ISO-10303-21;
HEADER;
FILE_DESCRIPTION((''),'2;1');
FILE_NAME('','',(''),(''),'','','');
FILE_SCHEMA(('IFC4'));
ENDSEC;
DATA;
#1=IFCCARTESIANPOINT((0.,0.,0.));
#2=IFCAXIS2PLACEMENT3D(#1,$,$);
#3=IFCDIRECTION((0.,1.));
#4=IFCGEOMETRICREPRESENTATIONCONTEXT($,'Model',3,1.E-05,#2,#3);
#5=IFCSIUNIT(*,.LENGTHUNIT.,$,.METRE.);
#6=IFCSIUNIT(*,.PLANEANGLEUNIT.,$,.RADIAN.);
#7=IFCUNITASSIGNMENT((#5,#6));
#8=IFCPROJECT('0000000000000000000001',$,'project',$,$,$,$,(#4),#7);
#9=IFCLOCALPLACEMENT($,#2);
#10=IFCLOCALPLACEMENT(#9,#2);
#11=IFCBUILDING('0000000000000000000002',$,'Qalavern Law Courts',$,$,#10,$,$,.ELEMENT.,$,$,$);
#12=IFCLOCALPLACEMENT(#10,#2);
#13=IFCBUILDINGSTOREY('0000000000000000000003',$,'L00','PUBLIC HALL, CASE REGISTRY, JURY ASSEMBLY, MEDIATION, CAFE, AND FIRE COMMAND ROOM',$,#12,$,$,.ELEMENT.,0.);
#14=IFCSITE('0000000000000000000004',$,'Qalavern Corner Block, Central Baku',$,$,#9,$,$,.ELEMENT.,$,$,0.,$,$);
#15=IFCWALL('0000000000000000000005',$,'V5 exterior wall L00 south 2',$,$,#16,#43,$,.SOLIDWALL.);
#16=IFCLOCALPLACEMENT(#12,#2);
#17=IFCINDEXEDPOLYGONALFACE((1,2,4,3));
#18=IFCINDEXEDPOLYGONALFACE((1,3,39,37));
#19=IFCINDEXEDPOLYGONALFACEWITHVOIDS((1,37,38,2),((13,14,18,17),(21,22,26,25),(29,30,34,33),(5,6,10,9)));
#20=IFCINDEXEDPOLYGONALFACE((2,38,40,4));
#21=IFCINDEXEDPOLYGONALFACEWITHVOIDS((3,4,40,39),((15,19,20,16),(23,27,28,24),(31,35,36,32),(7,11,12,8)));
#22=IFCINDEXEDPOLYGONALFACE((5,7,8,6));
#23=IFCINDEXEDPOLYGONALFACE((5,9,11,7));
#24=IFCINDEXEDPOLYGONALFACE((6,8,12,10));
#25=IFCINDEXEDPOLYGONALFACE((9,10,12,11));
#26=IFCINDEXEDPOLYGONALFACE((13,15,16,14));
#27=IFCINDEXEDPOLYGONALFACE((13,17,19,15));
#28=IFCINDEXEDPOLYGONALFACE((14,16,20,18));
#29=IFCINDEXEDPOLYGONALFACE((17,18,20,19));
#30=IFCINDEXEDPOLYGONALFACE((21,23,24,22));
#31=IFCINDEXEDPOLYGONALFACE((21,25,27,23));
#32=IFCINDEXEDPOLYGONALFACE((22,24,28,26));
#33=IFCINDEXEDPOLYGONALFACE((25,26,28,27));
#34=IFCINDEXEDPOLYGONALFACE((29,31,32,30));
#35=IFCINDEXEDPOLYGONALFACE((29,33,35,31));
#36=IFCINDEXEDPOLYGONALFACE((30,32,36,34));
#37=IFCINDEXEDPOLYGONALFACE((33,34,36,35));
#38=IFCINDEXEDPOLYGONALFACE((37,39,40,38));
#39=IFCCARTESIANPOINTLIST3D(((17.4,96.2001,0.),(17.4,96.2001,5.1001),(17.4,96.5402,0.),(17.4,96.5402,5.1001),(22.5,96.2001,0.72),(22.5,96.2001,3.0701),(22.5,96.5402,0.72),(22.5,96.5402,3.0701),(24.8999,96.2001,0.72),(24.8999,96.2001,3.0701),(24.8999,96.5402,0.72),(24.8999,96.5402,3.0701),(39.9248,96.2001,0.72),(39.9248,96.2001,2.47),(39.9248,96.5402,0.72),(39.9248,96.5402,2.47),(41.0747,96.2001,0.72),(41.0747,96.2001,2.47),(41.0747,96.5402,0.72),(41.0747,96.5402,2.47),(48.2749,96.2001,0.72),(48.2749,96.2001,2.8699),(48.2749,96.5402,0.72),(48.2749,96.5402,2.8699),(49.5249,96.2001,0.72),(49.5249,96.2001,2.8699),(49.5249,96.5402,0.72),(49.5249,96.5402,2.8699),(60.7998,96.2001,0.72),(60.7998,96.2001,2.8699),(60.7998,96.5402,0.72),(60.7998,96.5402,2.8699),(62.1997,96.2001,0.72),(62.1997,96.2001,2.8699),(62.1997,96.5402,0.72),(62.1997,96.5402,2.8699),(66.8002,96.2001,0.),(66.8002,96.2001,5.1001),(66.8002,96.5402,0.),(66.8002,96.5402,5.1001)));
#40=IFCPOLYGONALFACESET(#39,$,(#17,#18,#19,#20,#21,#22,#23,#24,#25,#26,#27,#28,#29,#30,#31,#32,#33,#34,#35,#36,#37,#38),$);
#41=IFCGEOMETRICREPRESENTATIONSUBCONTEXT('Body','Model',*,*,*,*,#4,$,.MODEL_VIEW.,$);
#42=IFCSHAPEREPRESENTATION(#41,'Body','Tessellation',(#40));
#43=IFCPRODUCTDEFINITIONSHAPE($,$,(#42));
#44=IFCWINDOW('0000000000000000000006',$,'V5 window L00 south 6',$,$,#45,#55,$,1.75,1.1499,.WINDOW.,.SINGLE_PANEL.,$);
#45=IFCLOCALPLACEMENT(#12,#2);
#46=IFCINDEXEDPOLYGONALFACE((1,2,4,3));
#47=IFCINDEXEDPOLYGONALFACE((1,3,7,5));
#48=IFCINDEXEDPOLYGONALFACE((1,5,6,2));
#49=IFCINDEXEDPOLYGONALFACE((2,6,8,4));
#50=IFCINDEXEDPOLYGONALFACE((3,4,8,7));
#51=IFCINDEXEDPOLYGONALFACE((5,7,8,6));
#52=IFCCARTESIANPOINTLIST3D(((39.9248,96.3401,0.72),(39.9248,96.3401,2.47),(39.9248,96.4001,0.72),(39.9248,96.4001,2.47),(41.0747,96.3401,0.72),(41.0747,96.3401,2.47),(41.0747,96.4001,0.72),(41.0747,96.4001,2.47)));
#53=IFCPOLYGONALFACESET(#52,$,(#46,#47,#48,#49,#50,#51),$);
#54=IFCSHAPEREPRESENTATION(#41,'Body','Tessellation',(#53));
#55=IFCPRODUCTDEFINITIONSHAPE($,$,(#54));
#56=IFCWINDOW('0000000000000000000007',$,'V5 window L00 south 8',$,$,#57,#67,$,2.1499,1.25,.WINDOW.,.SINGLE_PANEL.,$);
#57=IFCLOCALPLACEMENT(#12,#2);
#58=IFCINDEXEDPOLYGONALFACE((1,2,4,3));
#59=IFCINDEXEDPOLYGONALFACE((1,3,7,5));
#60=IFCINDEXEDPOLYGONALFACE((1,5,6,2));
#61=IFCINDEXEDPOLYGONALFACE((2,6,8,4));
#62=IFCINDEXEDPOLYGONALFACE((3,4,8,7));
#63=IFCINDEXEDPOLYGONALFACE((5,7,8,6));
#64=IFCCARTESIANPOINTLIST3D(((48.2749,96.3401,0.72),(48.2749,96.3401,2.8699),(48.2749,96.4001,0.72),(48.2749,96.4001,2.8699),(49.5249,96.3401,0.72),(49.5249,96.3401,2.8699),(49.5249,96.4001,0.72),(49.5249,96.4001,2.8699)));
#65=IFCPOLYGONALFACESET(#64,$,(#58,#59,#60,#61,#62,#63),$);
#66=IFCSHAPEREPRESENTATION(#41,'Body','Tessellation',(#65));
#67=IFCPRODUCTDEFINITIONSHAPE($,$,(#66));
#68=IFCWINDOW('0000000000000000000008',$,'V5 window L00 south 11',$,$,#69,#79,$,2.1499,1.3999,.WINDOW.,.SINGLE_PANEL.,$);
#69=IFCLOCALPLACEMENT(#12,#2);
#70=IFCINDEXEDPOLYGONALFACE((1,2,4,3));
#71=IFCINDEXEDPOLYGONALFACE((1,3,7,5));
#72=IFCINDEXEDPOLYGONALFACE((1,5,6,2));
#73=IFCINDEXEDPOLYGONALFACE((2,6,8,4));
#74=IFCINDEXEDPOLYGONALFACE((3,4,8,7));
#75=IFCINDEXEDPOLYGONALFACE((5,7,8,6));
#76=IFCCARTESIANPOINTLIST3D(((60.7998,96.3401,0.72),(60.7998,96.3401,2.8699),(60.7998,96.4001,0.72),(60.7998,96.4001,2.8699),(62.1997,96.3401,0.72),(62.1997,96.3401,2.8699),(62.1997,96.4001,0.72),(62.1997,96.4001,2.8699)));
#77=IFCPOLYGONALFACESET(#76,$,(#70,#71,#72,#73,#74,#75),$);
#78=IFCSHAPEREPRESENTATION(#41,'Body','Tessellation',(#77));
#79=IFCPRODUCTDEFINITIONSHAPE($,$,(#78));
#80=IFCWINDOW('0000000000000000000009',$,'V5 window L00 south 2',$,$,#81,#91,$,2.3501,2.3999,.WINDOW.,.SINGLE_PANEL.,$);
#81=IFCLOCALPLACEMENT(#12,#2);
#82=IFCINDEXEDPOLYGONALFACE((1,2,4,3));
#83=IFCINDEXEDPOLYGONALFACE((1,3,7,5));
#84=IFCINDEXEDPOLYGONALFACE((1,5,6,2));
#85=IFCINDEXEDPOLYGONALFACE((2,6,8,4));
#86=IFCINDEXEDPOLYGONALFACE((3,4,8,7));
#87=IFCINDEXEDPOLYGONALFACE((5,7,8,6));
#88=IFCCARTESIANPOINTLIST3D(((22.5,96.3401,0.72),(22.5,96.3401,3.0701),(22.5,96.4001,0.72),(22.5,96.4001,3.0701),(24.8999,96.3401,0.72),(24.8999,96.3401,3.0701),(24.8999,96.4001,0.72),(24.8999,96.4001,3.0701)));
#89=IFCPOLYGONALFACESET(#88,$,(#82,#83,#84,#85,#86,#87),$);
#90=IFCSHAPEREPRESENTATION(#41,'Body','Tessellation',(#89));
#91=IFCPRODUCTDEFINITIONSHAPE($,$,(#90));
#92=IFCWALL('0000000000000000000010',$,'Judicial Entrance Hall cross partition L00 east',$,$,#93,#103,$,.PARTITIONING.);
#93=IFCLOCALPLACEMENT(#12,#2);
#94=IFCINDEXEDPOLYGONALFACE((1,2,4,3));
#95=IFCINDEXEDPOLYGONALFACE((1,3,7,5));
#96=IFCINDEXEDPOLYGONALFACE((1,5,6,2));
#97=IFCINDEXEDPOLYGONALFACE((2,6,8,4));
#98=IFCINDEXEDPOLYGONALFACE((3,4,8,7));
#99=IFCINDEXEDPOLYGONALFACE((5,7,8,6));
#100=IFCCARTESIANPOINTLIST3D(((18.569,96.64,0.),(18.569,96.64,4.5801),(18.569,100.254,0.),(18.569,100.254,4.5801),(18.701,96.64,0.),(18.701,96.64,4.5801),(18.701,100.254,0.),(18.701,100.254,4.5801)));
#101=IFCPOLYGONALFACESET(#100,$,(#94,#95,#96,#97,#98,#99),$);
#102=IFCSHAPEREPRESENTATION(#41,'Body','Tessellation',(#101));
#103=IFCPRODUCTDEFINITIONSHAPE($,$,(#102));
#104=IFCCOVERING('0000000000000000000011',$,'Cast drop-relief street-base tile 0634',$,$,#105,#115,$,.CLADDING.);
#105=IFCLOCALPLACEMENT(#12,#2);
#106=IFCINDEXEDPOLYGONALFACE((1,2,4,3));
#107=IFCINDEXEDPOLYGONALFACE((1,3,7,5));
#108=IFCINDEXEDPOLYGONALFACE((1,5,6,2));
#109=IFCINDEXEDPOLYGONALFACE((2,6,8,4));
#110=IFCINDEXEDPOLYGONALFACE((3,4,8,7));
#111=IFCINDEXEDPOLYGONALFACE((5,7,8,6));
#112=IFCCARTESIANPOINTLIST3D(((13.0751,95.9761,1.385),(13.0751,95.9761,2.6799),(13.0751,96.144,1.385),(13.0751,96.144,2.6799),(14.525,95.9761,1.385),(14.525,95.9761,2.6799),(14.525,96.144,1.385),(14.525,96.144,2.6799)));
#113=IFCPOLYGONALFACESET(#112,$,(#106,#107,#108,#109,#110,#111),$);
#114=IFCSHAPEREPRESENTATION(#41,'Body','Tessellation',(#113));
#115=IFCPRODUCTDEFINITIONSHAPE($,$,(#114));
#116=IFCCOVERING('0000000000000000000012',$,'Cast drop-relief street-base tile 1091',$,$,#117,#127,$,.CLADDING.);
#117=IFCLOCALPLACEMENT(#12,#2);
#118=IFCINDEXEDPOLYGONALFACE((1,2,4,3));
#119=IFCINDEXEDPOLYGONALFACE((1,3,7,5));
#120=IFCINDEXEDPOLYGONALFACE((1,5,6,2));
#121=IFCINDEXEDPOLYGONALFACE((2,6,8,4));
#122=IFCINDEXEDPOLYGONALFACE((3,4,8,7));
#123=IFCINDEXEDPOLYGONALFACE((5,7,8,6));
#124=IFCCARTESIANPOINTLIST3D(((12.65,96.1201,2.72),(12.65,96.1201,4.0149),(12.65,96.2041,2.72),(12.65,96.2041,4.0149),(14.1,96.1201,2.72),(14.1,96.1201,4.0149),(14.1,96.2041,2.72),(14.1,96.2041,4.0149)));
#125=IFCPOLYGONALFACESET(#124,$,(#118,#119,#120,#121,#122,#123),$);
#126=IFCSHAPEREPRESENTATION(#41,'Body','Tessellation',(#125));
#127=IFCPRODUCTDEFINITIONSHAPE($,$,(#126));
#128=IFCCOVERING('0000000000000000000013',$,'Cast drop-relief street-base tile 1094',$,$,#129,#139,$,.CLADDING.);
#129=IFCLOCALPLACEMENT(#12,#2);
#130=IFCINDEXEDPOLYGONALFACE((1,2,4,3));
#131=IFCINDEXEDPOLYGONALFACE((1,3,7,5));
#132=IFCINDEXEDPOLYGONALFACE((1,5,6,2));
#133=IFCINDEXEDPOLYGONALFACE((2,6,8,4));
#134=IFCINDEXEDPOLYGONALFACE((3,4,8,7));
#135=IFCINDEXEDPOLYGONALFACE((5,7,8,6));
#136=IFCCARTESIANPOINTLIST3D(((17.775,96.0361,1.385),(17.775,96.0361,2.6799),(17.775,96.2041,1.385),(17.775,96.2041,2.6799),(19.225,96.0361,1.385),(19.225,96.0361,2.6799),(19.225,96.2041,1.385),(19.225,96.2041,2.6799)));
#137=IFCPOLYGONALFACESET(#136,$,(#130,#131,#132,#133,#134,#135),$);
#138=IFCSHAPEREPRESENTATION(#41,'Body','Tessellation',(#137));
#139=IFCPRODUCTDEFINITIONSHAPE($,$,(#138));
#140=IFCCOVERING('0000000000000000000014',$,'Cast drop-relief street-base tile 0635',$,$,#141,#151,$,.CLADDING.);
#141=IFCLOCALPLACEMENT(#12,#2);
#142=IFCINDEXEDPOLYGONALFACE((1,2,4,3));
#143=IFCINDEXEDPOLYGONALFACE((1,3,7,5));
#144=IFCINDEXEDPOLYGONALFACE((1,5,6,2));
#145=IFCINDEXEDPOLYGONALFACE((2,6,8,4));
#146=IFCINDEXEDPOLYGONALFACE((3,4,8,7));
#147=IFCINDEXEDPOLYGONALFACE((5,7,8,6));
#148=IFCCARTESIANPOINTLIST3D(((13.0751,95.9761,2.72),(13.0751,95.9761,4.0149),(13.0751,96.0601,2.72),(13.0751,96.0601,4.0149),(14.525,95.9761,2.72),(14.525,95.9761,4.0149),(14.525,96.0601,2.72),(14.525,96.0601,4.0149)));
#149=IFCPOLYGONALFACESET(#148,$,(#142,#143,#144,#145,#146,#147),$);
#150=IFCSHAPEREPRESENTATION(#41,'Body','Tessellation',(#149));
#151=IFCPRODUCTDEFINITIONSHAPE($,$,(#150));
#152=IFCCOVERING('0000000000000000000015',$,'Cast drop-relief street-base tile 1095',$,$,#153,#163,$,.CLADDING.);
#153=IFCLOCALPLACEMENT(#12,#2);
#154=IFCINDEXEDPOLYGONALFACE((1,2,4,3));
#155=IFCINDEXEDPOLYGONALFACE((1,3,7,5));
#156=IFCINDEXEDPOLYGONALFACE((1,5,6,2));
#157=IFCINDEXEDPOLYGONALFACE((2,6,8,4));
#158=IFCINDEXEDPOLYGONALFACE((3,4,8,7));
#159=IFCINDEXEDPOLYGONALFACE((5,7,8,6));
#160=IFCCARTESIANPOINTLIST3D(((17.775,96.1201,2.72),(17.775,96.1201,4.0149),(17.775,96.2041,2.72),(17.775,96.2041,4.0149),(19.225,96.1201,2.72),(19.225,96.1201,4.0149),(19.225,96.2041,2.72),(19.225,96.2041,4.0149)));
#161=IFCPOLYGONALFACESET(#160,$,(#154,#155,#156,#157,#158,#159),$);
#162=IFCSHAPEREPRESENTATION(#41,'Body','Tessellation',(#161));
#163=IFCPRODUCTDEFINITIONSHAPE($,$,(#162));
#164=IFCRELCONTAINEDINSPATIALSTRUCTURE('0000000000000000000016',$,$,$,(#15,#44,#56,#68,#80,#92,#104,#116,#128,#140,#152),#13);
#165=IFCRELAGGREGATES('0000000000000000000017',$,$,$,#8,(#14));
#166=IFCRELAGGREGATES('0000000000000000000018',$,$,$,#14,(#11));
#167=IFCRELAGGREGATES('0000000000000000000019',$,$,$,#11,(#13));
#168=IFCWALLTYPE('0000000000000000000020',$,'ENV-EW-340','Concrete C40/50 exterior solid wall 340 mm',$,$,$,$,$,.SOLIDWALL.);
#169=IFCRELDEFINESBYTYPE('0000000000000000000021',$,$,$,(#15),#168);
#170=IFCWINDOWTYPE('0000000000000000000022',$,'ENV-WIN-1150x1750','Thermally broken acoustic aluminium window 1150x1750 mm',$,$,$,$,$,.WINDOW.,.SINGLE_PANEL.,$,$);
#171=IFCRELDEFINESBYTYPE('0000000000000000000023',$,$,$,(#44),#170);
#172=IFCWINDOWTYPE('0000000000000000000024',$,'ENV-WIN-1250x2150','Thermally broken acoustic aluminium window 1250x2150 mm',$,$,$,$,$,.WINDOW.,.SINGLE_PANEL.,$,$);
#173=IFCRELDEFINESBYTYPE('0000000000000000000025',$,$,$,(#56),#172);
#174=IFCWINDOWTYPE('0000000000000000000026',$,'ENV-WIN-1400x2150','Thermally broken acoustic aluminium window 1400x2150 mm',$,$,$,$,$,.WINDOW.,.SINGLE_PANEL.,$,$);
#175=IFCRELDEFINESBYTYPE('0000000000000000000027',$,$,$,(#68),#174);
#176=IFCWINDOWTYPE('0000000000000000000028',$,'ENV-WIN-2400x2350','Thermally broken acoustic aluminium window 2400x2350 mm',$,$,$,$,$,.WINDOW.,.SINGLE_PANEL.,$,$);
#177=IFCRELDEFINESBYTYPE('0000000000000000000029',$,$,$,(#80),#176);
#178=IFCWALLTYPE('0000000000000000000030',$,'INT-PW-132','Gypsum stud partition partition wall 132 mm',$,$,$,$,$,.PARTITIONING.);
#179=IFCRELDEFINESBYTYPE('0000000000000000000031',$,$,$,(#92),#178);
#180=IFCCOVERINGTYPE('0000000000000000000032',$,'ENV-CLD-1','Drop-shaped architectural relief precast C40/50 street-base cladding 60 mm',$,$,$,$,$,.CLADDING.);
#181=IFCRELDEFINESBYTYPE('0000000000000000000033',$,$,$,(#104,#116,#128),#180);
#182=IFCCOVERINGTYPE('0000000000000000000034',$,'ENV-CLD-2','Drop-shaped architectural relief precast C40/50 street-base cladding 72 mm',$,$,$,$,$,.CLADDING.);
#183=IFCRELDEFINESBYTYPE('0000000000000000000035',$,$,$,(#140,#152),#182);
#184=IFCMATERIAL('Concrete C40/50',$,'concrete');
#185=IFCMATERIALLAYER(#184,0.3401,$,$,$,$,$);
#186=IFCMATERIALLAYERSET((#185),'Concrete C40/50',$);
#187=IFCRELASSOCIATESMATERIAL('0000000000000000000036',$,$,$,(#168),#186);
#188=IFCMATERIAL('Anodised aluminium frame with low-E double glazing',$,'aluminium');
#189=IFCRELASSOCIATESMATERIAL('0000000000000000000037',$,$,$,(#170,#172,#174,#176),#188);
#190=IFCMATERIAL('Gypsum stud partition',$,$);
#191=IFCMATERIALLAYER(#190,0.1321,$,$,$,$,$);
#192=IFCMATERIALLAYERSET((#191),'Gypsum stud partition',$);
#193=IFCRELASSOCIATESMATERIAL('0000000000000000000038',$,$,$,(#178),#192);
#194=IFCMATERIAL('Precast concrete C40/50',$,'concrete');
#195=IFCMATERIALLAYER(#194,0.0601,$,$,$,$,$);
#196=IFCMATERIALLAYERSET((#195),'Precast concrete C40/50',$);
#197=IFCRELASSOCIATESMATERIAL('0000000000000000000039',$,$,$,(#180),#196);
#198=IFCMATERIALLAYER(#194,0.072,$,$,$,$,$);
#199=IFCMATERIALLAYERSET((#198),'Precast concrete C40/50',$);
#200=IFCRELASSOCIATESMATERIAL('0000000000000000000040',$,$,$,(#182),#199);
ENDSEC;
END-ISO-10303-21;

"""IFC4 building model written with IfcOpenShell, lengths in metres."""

from ifc_helpers import new_model, si_unit, direction, frame, frame_2d, origin, origin_2d, place, context, subcontext, project, spatial, rectangle, extrude, material, layer, layer_set, type_object, element, fill, save


model = new_model("IFC4")

# Units and contexts
model_context = context("Model", 3, precision=1e-05, world=origin(), true_north=direction((0.0, 1.0)))
body_context = subcontext(model_context, "Body", "Model", "MODEL_VIEW")
ifc_project = project(units=[si_unit("LENGTHUNIT", "METRE"), si_unit("PLANEANGLEUNIT", "RADIAN")], contexts=[model_context])

# Site, building, storey
site_placement = place(None, origin())
site = spatial("IfcSite", under=ifc_project, at=site_placement, Name="Qalavern Corner Block, Central Baku", CompositionType="ELEMENT", RefElevation=0.0)
building_placement = place(site_placement, origin())
building = spatial("IfcBuilding", under=site, at=building_placement, Name="Qalavern Law Courts", CompositionType="ELEMENT")
storey_placement = place(building_placement, origin())
storey = spatial("IfcBuildingStorey", under=building, at=storey_placement, Name="L00", Description="PUBLIC HALL, CASE REGISTRY, JURY ASSEMBLY, MEDIATION, CAFE, AND FIRE COMMAND ROOM", CompositionType="ELEMENT", Elevation=0.0)

# Shared definitions
ifc_material_1 = material(Name="Concrete C40/50", Category="concrete")

# Wall, openings, windows
ifc_layer_1 = layer(ifc_material_1, 0.3401)
ifc_layer_set_1 = layer_set([ifc_layer_1], Name="Concrete C40/50")
wall_type_1 = type_object("IfcWallType", Name="ENV-EW-340", Description="Concrete C40/50 exterior solid wall 340 mm", PredefinedType="SOLIDWALL", material=ifc_layer_set_1)
wall_1_placement = place(storey_placement, frame((17.3999, 96.3701, 0.0), z_axis=(0.0, 0.0, 1.0), x_axis=(1.0, 0.0, 0.0)))
wall_1 = element("IfcWall", 1, at=wall_1_placement, inside=storey, type_object=wall_type_1, Name="V5 exterior wall L00 south 2", PredefinedType="SOLIDWALL", context=body_context, shape_type="SweptSolid", body=[
    extrude(rectangle(XDim=49.4001, YDim=0.3401, at=frame_2d((24.7002, 0.0))), origin(), (0.0, 0.0, 1.0), 5.1001),
])
opening_1_placement = place(wall_1_placement, frame((5.1001, 0.0, 0.72)))
opening_1 = element("IfcOpeningElement", 2, at=opening_1_placement, cuts=wall_1, PredefinedType="OPENING", context=body_context, shape_type="SweptSolid", body=[
    extrude(rectangle(XDim=2.3999, YDim=2.3501, at=frame_2d((1.2, 1.175))), frame((0.0, 0.1851, 0.0), z_axis=(0.0, -1.0, 0.0), x_axis=(1.0, 0.0, 0.0)), (0.0, 0.0, 1.0), 0.3699),
])
opening_2_placement = place(wall_1_placement, frame((22.5249, 0.0, 0.72)))
opening_2 = element("IfcOpeningElement", 3, at=opening_2_placement, cuts=wall_1, PredefinedType="OPENING", context=body_context, shape_type="SweptSolid", body=[
    extrude(rectangle(XDim=1.1499, YDim=1.75, at=frame_2d((0.575, 0.875))), frame((0.0, 0.1851, 0.0), z_axis=(0.0, -1.0, 0.0), x_axis=(1.0, 0.0, 0.0)), (0.0, 0.0, 1.0), 0.3699),
])
opening_3_placement = place(wall_1_placement, frame((30.875, 0.0, 0.72)))
opening_3 = element("IfcOpeningElement", 4, at=opening_3_placement, cuts=wall_1, PredefinedType="OPENING", context=body_context, shape_type="SweptSolid", body=[
    extrude(rectangle(XDim=1.25, YDim=2.1499, at=frame_2d((0.625, 1.075))), frame((0.0, 0.1851, 0.0), z_axis=(0.0, -1.0, 0.0), x_axis=(1.0, 0.0, 0.0)), (0.0, 0.0, 1.0), 0.3699),
])
opening_4_placement = place(wall_1_placement, frame((43.3999, 0.0, 0.72)))
opening_4 = element("IfcOpeningElement", 5, at=opening_4_placement, cuts=wall_1, PredefinedType="OPENING", context=body_context, shape_type="SweptSolid", body=[
    extrude(rectangle(XDim=1.3999, YDim=2.1499, at=frame_2d((0.7, 1.075))), frame((0.0, 0.1851, 0.0), z_axis=(0.0, -1.0, 0.0), x_axis=(1.0, 0.0, 0.0)), (0.0, 0.0, 1.0), 0.3699),
])
ifc_material_2 = material(Name="Anodised aluminium frame with low-E double glazing", Category="aluminium")
window_type_1 = type_object("IfcWindowType", Name="ENV-WIN-1150x1750", Description="Thermally broken acoustic aluminium window 1150x1750 mm", PartitioningType="SINGLE_PANEL", PredefinedType="WINDOW", material=ifc_material_2)
window_1_placement = place(opening_2_placement, origin())
window_1 = element("IfcWindow", 6, at=window_1_placement, inside=storey, type_object=window_type_1, Name="V5 window L00 south 6", OverallHeight=1.75, OverallWidth=1.1499, PartitioningType="SINGLE_PANEL", PredefinedType="WINDOW", context=body_context, shape_type="SweptSolid", body=[
    extrude(rectangle(XDim=1.1499, YDim=1.75, at=frame_2d((0.575, 0.875))), frame((0.0, 0.03, 0.0), z_axis=(0.0, -1.0, 0.0), x_axis=(1.0, 0.0, 0.0)), (0.0, 0.0, 1.0), 0.0601),
])
fill(opening_2, window_1)
window_type_2 = type_object("IfcWindowType", Name="ENV-WIN-1250x2150", Description="Thermally broken acoustic aluminium window 1250x2150 mm", PartitioningType="SINGLE_PANEL", PredefinedType="WINDOW", material=ifc_material_2)
window_2_placement = place(opening_3_placement, origin())
window_2 = element("IfcWindow", 7, at=window_2_placement, inside=storey, type_object=window_type_2, Name="V5 window L00 south 8", OverallHeight=2.1499, OverallWidth=1.25, PartitioningType="SINGLE_PANEL", PredefinedType="WINDOW", context=body_context, shape_type="SweptSolid", body=[
    extrude(rectangle(XDim=1.25, YDim=2.1499, at=frame_2d((0.625, 1.075))), frame((0.0, 0.03, 0.0), z_axis=(0.0, -1.0, 0.0), x_axis=(1.0, 0.0, 0.0)), (0.0, 0.0, 1.0), 0.0601),
])
fill(opening_3, window_2)
window_type_3 = type_object("IfcWindowType", Name="ENV-WIN-1400x2150", Description="Thermally broken acoustic aluminium window 1400x2150 mm", PartitioningType="SINGLE_PANEL", PredefinedType="WINDOW", material=ifc_material_2)
window_3_placement = place(opening_4_placement, origin())
window_3 = element("IfcWindow", 8, at=window_3_placement, inside=storey, type_object=window_type_3, Name="V5 window L00 south 11", OverallHeight=2.1499, OverallWidth=1.3999, PartitioningType="SINGLE_PANEL", PredefinedType="WINDOW", context=body_context, shape_type="SweptSolid", body=[
    extrude(rectangle(XDim=1.3999, YDim=2.1499, at=frame_2d((0.7, 1.075))), frame((0.0, 0.03, 0.0), z_axis=(0.0, -1.0, 0.0), x_axis=(1.0, 0.0, 0.0)), (0.0, 0.0, 1.0), 0.0601),
])
fill(opening_4, window_3)
window_type_4 = type_object("IfcWindowType", Name="ENV-WIN-2400x2350", Description="Thermally broken acoustic aluminium window 2400x2350 mm", PartitioningType="SINGLE_PANEL", PredefinedType="WINDOW", material=ifc_material_2)
window_4_placement = place(opening_1_placement, origin())
window_4 = element("IfcWindow", 9, at=window_4_placement, inside=storey, type_object=window_type_4, Name="V5 window L00 south 2", OverallHeight=2.3501, OverallWidth=2.3999, PartitioningType="SINGLE_PANEL", PredefinedType="WINDOW", context=body_context, shape_type="SweptSolid", body=[
    extrude(rectangle(XDim=2.3999, YDim=2.3501, at=frame_2d((1.2, 1.175))), frame((0.0, 0.03, 0.0), z_axis=(0.0, -1.0, 0.0), x_axis=(1.0, 0.0, 0.0)), (0.0, 0.0, 1.0), 0.0601),
])
fill(opening_1, window_4)

# Wall
ifc_material_3 = material(Name="Gypsum stud partition")
ifc_layer_2 = layer(ifc_material_3, 0.1321)
ifc_layer_set_2 = layer_set([ifc_layer_2], Name="Gypsum stud partition")
wall_type_2 = type_object("IfcWallType", Name="INT-PW-132", Description="Gypsum stud partition partition wall 132 mm", PredefinedType="PARTITIONING", material=ifc_layer_set_2)
wall_2_placement = place(storey_placement, frame((18.635, 96.6399, 0.0), z_axis=(0.0, 0.0, 1.0), x_axis=(0.0, 1.0, 0.0)))
element("IfcWall", 10, at=wall_2_placement, inside=storey, type_object=wall_type_2, Name="Judicial Entrance Hall cross partition L00 east", PredefinedType="PARTITIONING", context=body_context, shape_type="SweptSolid", body=[
    extrude(rectangle(XDim=3.614, YDim=0.1321, at=frame_2d((1.8071, 0.0))), origin(), (0.0, 0.0, 1.0), 4.5801),
])

# Coverings
ifc_material_4 = material(Name="Precast concrete C40/50", Category="concrete")
ifc_layer_3 = layer(ifc_material_4, 0.0601)
ifc_layer_set_3 = layer_set([ifc_layer_3], Name="Precast concrete C40/50")
covering_type_1 = type_object("IfcCoveringType", Name="ENV-CLD-1", Description="Drop-shaped architectural relief precast C40/50 street-base cladding 60 mm", PredefinedType="CLADDING", material=ifc_layer_set_3)
covering_1_placement = place(storey_placement, frame((13.8, 96.0601, 1.385), z_axis=(0.0, 0.0, 1.0), x_axis=(-1.0, 0.0, 0.0)))
element("IfcCovering", 11, at=covering_1_placement, inside=storey, type_object=covering_type_1, Name="Cast drop-relief street-base tile 0634", PredefinedType="CLADDING", context=body_context, shape_type="SweptSolid", body=[
    extrude(rectangle(XDim=1.45, YDim=0.168, at=origin_2d()), origin(), (0.0, 0.0, 1.0), 1.2949),
])
covering_2_placement = place(storey_placement, frame((13.375, 96.1621, 2.72), z_axis=(0.0, 0.0, 1.0), x_axis=(1.0, 0.0, 0.0)))
element("IfcCovering", 12, at=covering_2_placement, inside=storey, type_object=covering_type_1, Name="Cast drop-relief street-base tile 1091", PredefinedType="CLADDING", context=body_context, shape_type="SweptSolid", body=[
    extrude(rectangle(XDim=1.45, YDim=0.084, at=origin_2d()), origin(), (0.0, 0.0, 1.0), 1.2949),
])
covering_3_placement = place(storey_placement, frame((18.5, 96.1201, 1.385), z_axis=(0.0, 0.0, 1.0), x_axis=(1.0, 0.0, 0.0)))
element("IfcCovering", 13, at=covering_3_placement, inside=storey, type_object=covering_type_1, Name="Cast drop-relief street-base tile 1094", PredefinedType="CLADDING", context=body_context, shape_type="SweptSolid", body=[
    extrude(rectangle(XDim=1.45, YDim=0.168, at=origin_2d()), origin(), (0.0, 0.0, 1.0), 1.2949),
])
ifc_layer_4 = layer(ifc_material_4, 0.072)
ifc_layer_set_4 = layer_set([ifc_layer_4], Name="Precast concrete C40/50")
covering_type_2 = type_object("IfcCoveringType", Name="ENV-CLD-2", Description="Drop-shaped architectural relief precast C40/50 street-base cladding 72 mm", PredefinedType="CLADDING", material=ifc_layer_set_4)
for number, where, z_axis, x_axis, name in (
    (14, (13.8, 96.0181, 2.72), (0.0, 0.0, 1.0), (-1.0, 0.0, 0.0), "Cast drop-relief street-base tile 0635"),
    (15, (18.5, 96.1621, 2.72), (0.0, 0.0, 1.0), (1.0, 0.0, 0.0), "Cast drop-relief street-base tile 1095"),
):
    element("IfcCovering", number, at=place(storey_placement, frame(where, z_axis=z_axis, x_axis=x_axis)), inside=storey, type_object=covering_type_2, Name=name, PredefinedType="CLADDING", context=body_context, shape_type="SweptSolid", body=[
        extrude(rectangle(XDim=1.45, YDim=0.084, at=origin_2d()), origin(), (0.0, 0.0, 1.0), 1.2949),
    ])

save(model, "model.ifc")
